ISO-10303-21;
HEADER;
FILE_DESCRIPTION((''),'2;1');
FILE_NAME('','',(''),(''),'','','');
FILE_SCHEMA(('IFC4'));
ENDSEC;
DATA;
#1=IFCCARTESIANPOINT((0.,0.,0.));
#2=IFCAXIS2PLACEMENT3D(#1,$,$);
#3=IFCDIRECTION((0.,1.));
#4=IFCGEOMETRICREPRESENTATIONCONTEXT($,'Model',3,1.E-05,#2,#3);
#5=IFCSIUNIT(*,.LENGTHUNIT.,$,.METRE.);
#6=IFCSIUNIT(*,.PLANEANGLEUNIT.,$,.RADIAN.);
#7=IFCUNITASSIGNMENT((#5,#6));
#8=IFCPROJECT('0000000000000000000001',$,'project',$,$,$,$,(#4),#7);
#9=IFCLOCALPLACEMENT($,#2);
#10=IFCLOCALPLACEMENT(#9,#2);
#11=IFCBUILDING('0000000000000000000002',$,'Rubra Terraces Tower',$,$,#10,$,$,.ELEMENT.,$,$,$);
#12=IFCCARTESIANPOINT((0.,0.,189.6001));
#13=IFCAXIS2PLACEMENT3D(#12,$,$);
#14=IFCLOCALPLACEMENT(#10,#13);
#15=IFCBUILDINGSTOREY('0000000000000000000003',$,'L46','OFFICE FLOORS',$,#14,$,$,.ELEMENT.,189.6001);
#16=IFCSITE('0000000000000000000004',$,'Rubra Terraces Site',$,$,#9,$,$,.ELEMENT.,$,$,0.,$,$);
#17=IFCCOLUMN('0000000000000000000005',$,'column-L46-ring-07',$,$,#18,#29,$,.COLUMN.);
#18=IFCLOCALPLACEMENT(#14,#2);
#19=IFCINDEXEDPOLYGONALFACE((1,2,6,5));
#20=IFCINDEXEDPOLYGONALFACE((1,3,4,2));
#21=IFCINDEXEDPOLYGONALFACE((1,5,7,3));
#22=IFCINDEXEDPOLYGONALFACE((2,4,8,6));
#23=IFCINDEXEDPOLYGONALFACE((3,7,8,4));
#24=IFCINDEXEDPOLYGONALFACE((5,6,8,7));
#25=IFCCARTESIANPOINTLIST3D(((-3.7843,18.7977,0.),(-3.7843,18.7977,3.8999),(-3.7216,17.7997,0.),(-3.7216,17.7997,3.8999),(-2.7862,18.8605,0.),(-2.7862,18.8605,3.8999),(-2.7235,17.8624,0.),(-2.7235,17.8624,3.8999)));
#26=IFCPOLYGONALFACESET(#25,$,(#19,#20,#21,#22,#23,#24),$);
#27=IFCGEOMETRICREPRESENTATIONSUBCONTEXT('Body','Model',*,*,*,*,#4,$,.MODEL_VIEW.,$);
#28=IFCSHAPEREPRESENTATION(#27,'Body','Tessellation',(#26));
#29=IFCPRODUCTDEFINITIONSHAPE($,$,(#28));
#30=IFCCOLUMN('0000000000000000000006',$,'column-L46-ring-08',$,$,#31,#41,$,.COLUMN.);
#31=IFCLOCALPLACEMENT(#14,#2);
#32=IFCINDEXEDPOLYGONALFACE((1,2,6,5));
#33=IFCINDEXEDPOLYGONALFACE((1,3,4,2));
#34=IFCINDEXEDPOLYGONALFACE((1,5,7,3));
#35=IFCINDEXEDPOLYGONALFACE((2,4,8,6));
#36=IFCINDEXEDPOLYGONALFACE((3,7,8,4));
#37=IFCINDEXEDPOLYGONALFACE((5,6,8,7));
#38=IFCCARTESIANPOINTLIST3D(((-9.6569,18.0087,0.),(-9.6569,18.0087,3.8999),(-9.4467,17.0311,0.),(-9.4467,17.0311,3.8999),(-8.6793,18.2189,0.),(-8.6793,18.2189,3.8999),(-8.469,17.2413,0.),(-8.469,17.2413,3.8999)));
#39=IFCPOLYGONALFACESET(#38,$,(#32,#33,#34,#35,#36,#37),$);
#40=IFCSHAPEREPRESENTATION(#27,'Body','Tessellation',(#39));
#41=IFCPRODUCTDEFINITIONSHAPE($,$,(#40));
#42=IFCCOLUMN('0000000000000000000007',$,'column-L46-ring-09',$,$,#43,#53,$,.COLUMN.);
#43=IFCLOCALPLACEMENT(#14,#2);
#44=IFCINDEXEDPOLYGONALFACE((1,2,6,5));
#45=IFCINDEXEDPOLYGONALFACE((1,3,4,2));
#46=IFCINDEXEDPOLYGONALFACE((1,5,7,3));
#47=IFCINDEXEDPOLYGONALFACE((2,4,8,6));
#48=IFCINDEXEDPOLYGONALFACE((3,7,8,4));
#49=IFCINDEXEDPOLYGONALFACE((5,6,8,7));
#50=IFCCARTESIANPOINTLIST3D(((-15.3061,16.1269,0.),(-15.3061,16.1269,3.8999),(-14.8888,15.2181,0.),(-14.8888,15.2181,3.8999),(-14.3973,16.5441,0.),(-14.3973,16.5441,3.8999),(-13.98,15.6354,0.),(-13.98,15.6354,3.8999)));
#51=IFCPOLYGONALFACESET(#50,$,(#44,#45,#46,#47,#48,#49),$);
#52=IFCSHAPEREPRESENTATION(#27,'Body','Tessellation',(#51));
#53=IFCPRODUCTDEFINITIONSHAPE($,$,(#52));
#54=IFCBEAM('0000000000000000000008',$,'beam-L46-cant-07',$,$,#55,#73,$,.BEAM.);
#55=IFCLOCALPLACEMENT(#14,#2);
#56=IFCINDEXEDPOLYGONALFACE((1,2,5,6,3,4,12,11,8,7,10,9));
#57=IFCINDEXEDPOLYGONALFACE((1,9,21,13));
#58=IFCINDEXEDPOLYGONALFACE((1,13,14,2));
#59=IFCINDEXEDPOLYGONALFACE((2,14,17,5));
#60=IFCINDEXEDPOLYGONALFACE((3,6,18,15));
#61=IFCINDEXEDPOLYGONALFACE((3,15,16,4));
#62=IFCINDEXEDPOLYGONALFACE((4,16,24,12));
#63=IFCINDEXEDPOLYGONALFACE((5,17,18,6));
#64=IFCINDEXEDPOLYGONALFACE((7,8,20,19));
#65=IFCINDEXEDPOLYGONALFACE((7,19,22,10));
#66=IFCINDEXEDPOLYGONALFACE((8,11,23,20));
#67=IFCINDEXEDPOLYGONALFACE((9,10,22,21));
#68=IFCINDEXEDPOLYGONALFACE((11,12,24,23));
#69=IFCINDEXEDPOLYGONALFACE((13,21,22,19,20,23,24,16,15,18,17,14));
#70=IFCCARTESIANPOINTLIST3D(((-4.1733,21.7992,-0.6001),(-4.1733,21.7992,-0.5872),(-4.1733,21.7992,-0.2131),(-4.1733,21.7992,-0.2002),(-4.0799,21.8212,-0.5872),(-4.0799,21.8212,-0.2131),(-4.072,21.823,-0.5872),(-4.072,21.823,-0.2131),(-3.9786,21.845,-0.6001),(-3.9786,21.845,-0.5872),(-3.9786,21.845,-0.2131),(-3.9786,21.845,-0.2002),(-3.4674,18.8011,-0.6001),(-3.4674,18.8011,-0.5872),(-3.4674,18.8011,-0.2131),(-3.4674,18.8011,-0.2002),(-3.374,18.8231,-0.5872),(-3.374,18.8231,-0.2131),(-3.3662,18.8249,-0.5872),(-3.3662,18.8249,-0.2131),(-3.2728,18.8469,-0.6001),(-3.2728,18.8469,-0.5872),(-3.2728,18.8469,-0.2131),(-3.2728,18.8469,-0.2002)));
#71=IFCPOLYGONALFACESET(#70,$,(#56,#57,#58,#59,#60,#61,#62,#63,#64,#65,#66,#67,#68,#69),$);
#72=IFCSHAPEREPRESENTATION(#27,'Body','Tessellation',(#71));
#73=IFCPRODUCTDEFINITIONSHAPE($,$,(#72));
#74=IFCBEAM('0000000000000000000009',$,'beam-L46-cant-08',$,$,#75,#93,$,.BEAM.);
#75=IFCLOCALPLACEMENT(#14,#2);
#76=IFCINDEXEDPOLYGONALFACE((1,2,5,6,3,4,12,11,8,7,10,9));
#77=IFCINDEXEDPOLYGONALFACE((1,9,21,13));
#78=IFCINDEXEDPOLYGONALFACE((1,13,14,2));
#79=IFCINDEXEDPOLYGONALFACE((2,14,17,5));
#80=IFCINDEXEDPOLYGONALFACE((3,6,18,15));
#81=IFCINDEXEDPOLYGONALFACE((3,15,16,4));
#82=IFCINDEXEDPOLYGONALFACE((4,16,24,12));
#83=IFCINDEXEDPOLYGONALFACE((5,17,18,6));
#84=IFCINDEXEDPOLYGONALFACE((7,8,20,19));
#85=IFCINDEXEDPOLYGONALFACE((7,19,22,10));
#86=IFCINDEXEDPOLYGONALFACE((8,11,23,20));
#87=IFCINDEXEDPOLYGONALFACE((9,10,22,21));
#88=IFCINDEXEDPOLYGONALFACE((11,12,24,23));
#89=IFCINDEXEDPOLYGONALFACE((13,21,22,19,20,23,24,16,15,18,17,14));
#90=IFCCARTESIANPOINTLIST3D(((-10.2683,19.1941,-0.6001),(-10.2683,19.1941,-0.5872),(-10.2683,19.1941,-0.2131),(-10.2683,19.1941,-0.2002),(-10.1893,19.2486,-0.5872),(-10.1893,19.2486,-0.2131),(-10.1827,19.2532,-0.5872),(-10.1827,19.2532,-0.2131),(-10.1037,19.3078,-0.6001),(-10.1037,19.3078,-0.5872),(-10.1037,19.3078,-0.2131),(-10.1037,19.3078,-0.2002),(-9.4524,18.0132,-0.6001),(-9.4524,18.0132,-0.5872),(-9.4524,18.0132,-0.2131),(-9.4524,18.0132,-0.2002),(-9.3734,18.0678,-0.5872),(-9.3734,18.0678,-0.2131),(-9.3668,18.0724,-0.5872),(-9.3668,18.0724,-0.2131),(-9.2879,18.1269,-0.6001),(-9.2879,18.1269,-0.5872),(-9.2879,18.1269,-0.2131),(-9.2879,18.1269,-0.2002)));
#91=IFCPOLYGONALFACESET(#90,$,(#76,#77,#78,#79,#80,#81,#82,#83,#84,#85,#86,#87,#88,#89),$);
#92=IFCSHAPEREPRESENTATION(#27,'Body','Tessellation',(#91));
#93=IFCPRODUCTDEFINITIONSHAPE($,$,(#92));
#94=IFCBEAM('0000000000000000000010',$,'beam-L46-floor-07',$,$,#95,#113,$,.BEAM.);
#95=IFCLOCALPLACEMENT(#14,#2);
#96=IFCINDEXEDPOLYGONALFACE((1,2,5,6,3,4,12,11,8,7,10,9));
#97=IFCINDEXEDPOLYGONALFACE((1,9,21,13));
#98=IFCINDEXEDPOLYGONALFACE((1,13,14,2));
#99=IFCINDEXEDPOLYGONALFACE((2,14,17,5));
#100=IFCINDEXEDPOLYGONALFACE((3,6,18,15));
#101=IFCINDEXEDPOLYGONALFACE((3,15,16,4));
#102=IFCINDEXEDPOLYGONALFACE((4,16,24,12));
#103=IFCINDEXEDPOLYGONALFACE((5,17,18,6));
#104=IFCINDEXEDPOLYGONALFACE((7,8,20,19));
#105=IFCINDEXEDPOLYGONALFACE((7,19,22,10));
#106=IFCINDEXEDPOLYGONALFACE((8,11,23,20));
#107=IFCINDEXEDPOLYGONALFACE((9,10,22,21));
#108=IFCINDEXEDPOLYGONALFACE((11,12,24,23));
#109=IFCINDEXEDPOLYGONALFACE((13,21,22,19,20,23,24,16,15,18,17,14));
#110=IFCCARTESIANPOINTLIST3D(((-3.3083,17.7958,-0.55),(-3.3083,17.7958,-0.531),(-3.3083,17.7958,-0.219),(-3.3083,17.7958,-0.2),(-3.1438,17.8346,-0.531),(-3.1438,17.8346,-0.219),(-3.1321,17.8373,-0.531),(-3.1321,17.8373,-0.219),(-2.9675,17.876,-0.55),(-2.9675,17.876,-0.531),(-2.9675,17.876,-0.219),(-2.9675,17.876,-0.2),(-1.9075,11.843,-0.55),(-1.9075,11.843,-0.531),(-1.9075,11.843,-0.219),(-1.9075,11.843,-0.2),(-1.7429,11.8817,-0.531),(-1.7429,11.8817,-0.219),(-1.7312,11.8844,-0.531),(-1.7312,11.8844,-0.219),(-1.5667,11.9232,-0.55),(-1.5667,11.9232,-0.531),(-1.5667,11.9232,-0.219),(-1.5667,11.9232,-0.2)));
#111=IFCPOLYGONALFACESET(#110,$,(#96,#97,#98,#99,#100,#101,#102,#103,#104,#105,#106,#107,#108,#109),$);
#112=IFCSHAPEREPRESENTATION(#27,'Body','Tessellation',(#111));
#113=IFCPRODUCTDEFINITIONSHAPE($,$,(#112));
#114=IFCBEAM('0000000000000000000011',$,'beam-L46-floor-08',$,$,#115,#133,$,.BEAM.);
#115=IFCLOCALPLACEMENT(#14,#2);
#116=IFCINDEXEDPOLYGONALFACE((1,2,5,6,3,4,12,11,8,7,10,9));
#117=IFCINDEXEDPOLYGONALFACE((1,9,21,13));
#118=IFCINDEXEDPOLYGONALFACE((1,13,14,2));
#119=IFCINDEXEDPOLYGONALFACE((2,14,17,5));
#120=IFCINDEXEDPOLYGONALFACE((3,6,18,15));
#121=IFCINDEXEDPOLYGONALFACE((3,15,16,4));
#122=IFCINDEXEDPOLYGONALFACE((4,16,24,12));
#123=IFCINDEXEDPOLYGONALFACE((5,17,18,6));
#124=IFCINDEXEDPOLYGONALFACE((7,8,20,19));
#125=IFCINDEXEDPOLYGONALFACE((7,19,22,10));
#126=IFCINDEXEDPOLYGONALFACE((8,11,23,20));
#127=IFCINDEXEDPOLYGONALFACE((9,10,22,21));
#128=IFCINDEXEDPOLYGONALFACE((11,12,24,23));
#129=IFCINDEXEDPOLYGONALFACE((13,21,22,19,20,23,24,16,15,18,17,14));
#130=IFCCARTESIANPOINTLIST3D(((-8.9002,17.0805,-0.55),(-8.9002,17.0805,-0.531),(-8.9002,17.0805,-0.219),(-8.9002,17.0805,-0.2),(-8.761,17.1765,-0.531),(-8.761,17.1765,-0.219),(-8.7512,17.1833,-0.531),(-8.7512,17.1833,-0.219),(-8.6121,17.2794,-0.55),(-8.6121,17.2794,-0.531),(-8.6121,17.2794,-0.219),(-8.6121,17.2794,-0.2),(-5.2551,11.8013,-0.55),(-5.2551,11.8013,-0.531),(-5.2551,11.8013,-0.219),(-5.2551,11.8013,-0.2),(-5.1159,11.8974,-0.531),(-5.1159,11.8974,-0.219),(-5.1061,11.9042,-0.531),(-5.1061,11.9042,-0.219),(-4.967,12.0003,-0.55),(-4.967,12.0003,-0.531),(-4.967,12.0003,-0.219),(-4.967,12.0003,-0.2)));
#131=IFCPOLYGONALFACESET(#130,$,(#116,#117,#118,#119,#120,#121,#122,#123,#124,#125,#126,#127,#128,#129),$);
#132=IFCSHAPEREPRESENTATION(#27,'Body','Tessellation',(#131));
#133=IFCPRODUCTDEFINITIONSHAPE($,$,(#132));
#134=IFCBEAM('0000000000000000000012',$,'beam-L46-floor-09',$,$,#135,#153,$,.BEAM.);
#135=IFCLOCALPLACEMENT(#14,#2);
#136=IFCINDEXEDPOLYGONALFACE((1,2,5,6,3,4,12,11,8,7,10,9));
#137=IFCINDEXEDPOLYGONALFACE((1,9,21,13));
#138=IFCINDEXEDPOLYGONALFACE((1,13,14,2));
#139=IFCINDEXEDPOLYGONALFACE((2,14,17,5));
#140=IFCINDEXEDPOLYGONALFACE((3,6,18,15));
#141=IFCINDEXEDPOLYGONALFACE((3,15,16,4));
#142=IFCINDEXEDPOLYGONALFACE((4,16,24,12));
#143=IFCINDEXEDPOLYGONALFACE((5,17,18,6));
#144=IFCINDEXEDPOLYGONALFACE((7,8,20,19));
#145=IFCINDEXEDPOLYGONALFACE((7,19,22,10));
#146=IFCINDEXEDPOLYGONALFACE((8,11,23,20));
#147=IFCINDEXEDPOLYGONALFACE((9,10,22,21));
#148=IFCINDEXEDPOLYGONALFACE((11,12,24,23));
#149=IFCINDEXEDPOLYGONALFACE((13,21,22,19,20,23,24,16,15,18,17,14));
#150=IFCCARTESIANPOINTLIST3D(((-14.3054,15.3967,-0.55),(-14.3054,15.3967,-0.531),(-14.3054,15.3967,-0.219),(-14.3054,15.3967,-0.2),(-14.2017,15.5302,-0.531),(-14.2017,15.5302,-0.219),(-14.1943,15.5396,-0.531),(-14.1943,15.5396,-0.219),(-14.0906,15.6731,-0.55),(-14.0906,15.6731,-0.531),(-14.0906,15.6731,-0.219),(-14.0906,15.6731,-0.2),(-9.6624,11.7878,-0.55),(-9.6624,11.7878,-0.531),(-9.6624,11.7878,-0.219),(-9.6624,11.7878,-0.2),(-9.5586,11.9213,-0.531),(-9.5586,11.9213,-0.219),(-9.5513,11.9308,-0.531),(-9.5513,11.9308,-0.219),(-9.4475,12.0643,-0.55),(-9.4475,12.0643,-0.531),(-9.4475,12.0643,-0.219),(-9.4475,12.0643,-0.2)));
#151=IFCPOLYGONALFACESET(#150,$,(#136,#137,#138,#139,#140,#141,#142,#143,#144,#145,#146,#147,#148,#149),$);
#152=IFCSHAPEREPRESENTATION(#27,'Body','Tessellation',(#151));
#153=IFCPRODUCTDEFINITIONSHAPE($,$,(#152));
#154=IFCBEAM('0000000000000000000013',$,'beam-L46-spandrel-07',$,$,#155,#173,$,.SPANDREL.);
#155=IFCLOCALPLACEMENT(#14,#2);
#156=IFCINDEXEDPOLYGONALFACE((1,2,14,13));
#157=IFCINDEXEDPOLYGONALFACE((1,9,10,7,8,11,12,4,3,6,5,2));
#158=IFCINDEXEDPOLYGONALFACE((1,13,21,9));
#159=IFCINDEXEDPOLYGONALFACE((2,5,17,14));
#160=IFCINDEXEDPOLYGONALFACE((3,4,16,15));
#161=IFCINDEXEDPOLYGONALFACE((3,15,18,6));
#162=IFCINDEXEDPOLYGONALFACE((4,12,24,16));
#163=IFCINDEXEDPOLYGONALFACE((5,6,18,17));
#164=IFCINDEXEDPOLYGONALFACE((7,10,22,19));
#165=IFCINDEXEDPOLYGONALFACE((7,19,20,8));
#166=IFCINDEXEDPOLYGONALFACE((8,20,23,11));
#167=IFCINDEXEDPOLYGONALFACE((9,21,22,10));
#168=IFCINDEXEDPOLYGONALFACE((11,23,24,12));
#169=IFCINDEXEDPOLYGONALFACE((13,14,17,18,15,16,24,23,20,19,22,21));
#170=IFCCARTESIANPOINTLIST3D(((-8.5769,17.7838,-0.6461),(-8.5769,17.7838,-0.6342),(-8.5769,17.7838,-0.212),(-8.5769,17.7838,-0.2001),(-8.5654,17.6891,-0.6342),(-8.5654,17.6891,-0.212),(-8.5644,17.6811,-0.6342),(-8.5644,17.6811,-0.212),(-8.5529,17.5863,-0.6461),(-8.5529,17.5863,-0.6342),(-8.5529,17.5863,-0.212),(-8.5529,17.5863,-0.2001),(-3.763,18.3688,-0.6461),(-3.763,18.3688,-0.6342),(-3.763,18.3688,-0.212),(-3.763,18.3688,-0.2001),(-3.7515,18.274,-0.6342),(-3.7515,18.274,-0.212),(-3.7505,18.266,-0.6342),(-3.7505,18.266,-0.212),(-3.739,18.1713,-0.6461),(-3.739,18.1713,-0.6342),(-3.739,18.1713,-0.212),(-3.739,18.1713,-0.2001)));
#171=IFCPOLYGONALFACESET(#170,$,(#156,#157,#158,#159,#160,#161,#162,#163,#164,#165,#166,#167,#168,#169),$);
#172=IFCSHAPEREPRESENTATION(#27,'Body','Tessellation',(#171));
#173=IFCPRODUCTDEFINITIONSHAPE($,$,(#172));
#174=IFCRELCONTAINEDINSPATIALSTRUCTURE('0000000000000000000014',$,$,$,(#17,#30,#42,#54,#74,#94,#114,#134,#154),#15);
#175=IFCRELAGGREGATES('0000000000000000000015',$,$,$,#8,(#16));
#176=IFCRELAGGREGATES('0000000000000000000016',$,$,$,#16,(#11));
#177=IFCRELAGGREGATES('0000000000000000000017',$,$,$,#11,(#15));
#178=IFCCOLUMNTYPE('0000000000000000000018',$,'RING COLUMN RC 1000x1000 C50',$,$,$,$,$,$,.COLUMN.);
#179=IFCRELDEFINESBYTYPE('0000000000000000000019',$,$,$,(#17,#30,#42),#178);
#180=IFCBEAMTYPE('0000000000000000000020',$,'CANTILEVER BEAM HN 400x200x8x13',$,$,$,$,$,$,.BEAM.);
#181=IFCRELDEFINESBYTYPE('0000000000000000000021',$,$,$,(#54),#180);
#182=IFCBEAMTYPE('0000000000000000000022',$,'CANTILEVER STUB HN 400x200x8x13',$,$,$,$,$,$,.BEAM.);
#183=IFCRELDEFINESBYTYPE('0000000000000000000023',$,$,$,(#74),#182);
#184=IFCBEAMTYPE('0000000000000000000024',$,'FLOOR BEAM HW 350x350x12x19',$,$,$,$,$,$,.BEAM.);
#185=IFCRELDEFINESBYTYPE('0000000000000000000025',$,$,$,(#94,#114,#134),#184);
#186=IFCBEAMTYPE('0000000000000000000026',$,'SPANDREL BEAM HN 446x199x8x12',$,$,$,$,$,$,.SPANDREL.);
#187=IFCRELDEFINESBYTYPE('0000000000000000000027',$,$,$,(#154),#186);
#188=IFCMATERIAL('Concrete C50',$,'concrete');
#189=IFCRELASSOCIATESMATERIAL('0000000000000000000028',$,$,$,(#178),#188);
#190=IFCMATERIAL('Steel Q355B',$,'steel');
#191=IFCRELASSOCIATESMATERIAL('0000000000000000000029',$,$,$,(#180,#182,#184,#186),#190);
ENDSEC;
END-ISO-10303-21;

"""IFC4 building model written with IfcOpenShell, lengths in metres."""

from ifc_helpers import new_model, si_unit, direction, frame, origin, origin_2d, place, context, subcontext, project, spatial, rectangle, i_section, extrude, material, material_profile, profile_set, type_object, element, save


model = new_model("IFC4")

# Units and contexts
model_context = context("Model", 3, precision=1e-05, world=origin(), true_north=direction((0.0, 1.0)))
body_context = subcontext(model_context, "Body", "Model", "MODEL_VIEW")
ifc_project = project(units=[si_unit("LENGTHUNIT", "METRE"), si_unit("PLANEANGLEUNIT", "RADIAN")], contexts=[model_context])

# Site, building, storey
site_placement = place(None, origin())
site = spatial("IfcSite", under=ifc_project, at=site_placement, Name="Rubra Terraces Site", CompositionType="ELEMENT", RefElevation=0.0)
building_placement = place(site_placement, origin())
building = spatial("IfcBuilding", under=site, at=building_placement, Name="Rubra Terraces Tower", CompositionType="ELEMENT")
storey_placement = place(building_placement, frame((0.0, 0.0, 189.6001)))
storey = spatial("IfcBuildingStorey", under=building, at=storey_placement, Name="L46", Description="OFFICE FLOORS", CompositionType="ELEMENT", Elevation=189.6001)

# Columns
ifc_material_1 = material(Name="Concrete C50", Category="concrete")
ifc_material_profile_1 = material_profile(ifc_material_1, rectangle(XDim=1.0, YDim=1.0, at=origin_2d()), Name="RC 1000x1000")
ifc_profile_set_1 = profile_set([ifc_material_profile_1], Name="Concrete C50")
column_type = type_object("IfcColumnType", Name="RING COLUMN RC 1000x1000 C50", PredefinedType="COLUMN", material=ifc_profile_set_1)
for number, where, z_axis, x_axis, name in (
    (1, (-3.2539, 18.3301, 0.0), (0.0, 0.0, 1.0), (-0.998032, -0.062714, 0.0), "column-L46-ring-07"),
    (2, (-9.063, 17.625, 0.0), (0.0, 0.0, 1.0), (-0.977653, -0.210227, 0.0), "column-L46-ring-08"),
    (3, (-14.6431, 15.8811, 0.0), (0.0, 0.0, 1.0), (-0.908779, -0.417279, 0.0), "column-L46-ring-09"),
):
    element("IfcColumn", number, at=place(storey_placement, frame(where, z_axis=z_axis, x_axis=x_axis)), inside=storey, type_object=column_type, Name=name, PredefinedType="COLUMN", context=body_context, shape_type="SweptSolid", body=[
        extrude(rectangle(XDim=1.0, YDim=1.0, at=origin_2d()), origin(), (0.0, 0.0, 1.0), 3.8999),
    ])

# Beams
ifc_material_2 = material(Name="Steel Q355B", Category="steel")
ifc_material_profile_2 = material_profile(ifc_material_2, i_section(OverallWidth=0.2, OverallDepth=0.3999, WebThickness=0.0081, FlangeThickness=0.0129, at=origin_2d()), Name="HN 400x200x8x13")
ifc_profile_set_2 = profile_set([ifc_material_profile_2], Name="Steel Q355B")
beam_type_1 = type_object("IfcBeamType", Name="CANTILEVER BEAM HN 400x200x8x13", PredefinedType="BEAM", material=ifc_profile_set_2)
beam_1_placement = place(storey_placement, frame((-3.3701, 18.824, -0.4001), z_axis=(-0.229159, 0.973389, 0.0), x_axis=(-0.973389, -0.229159, 0.0)))
element("IfcBeam", 4, at=beam_1_placement, inside=storey, type_object=beam_type_1, Name="beam-L46-cant-07", PredefinedType="BEAM", context=body_context, shape_type="SweptSolid", body=[
    extrude(i_section(OverallWidth=0.2, OverallDepth=0.3999, WebThickness=0.0081, FlangeThickness=0.0129, at=origin_2d()), origin(), (0.0, 0.0, 1.0), 3.0801),
])
ifc_material_profile_3 = material_profile(ifc_material_2, i_section(OverallWidth=0.2, OverallDepth=0.3999, WebThickness=0.0081, FlangeThickness=0.0129, at=origin_2d()), Name="HN 400x200x8x13")
ifc_profile_set_3 = profile_set([ifc_material_profile_3], Name="Steel Q355B")
beam_type_2 = type_object("IfcBeamType", Name="CANTILEVER STUB HN 400x200x8x13", PredefinedType="BEAM", material=ifc_profile_set_3)
beam_2_placement = place(storey_placement, frame((-9.3701, 18.0701, -0.4001), z_axis=(-0.56844, 0.822725, 0.0), x_axis=(-0.822725, -0.56844, 0.0)))
element("IfcBeam", 5, at=beam_2_placement, inside=storey, type_object=beam_type_2, Name="beam-L46-cant-08", PredefinedType="BEAM", context=body_context, shape_type="SweptSolid", body=[
    extrude(i_section(OverallWidth=0.2, OverallDepth=0.3999, WebThickness=0.0081, FlangeThickness=0.0129, at=origin_2d()), origin(), (0.0, 0.0, 1.0), 1.4353),
])
ifc_material_profile_4 = material_profile(ifc_material_2, i_section(OverallWidth=0.3501, OverallDepth=0.3501, WebThickness=0.012, FlangeThickness=0.019, at=origin_2d()), Name="HW 350x350x12x19")
ifc_profile_set_4 = profile_set([ifc_material_profile_4], Name="Steel Q355B")
beam_type_3 = type_object("IfcBeamType", Name="FLOOR BEAM HW 350x350x12x19", PredefinedType="BEAM", material=ifc_profile_set_4)
beam_3_placement = place(storey_placement, frame((-3.1379, 17.8359, -0.375), z_axis=(0.22907, -0.97341, 0.0), x_axis=(0.97341, 0.22907, 0.0)))
element("IfcBeam", 6, at=beam_3_placement, inside=storey, type_object=beam_type_3, Name="beam-L46-floor-07", PredefinedType="BEAM", context=body_context, shape_type="SweptSolid", body=[
    extrude(i_section(OverallWidth=0.3501, OverallDepth=0.3501, WebThickness=0.012, FlangeThickness=0.019, at=origin_2d()), origin(), (0.0, 0.0, 1.0), 6.1155),
])
beam_4_placement = place(storey_placement, frame((-8.7561, 17.1799, -0.375), z_axis=(0.568186, -0.8229, 0.0), x_axis=(0.8229, 0.568186, 0.0)))
element("IfcBeam", 7, at=beam_4_placement, inside=storey, type_object=beam_type_3, Name="beam-L46-floor-08", PredefinedType="BEAM", context=body_context, shape_type="SweptSolid", body=[
    extrude(i_section(OverallWidth=0.3501, OverallDepth=0.3501, WebThickness=0.012, FlangeThickness=0.019, at=origin_2d()), origin(), (0.0, 0.0, 1.0), 6.4153),
])
beam_5_placement = place(storey_placement, frame((-14.198, 15.5349, -0.375), z_axis=(0.789549, -0.613688, 0.0), x_axis=(0.613688, 0.789549, 0.0)))
element("IfcBeam", 8, at=beam_5_placement, inside=storey, type_object=beam_type_3, Name="beam-L46-floor-09", PredefinedType="BEAM", context=body_context, shape_type="SweptSolid", body=[
    extrude(i_section(OverallWidth=0.3501, OverallDepth=0.3501, WebThickness=0.012, FlangeThickness=0.019, at=origin_2d()), origin(), (0.0, 0.0, 1.0), 5.8806),
])
ifc_material_profile_5 = material_profile(ifc_material_2, i_section(OverallWidth=0.199, OverallDepth=0.446, WebThickness=0.0081, FlangeThickness=0.012, at=origin_2d()), Name="HN 446x199x8x12")
ifc_profile_set_5 = profile_set([ifc_material_profile_5], Name="Steel Q355B")
beam_type_4 = type_object("IfcBeamType", Name="SPANDREL BEAM HN 446x199x8x12", PredefinedType="SPANDREL", material=ifc_profile_set_5)
beam_6_placement = place(storey_placement, frame((-3.751, 18.27, -0.4231), z_axis=(-0.992698, -0.120626, 0.0), x_axis=(0.120626, -0.992698, 0.0)))
element("IfcBeam", 9, at=beam_6_placement, inside=storey, type_object=beam_type_4, Name="beam-L46-spandrel-07", PredefinedType="SPANDREL", context=body_context, shape_type="SweptSolid", body=[
    extrude(i_section(OverallWidth=0.199, OverallDepth=0.446, WebThickness=0.0081, FlangeThickness=0.012, at=origin_2d()), origin(), (0.0, 0.0, 1.0), 4.8494),
])

save(model, "model.ifc")
